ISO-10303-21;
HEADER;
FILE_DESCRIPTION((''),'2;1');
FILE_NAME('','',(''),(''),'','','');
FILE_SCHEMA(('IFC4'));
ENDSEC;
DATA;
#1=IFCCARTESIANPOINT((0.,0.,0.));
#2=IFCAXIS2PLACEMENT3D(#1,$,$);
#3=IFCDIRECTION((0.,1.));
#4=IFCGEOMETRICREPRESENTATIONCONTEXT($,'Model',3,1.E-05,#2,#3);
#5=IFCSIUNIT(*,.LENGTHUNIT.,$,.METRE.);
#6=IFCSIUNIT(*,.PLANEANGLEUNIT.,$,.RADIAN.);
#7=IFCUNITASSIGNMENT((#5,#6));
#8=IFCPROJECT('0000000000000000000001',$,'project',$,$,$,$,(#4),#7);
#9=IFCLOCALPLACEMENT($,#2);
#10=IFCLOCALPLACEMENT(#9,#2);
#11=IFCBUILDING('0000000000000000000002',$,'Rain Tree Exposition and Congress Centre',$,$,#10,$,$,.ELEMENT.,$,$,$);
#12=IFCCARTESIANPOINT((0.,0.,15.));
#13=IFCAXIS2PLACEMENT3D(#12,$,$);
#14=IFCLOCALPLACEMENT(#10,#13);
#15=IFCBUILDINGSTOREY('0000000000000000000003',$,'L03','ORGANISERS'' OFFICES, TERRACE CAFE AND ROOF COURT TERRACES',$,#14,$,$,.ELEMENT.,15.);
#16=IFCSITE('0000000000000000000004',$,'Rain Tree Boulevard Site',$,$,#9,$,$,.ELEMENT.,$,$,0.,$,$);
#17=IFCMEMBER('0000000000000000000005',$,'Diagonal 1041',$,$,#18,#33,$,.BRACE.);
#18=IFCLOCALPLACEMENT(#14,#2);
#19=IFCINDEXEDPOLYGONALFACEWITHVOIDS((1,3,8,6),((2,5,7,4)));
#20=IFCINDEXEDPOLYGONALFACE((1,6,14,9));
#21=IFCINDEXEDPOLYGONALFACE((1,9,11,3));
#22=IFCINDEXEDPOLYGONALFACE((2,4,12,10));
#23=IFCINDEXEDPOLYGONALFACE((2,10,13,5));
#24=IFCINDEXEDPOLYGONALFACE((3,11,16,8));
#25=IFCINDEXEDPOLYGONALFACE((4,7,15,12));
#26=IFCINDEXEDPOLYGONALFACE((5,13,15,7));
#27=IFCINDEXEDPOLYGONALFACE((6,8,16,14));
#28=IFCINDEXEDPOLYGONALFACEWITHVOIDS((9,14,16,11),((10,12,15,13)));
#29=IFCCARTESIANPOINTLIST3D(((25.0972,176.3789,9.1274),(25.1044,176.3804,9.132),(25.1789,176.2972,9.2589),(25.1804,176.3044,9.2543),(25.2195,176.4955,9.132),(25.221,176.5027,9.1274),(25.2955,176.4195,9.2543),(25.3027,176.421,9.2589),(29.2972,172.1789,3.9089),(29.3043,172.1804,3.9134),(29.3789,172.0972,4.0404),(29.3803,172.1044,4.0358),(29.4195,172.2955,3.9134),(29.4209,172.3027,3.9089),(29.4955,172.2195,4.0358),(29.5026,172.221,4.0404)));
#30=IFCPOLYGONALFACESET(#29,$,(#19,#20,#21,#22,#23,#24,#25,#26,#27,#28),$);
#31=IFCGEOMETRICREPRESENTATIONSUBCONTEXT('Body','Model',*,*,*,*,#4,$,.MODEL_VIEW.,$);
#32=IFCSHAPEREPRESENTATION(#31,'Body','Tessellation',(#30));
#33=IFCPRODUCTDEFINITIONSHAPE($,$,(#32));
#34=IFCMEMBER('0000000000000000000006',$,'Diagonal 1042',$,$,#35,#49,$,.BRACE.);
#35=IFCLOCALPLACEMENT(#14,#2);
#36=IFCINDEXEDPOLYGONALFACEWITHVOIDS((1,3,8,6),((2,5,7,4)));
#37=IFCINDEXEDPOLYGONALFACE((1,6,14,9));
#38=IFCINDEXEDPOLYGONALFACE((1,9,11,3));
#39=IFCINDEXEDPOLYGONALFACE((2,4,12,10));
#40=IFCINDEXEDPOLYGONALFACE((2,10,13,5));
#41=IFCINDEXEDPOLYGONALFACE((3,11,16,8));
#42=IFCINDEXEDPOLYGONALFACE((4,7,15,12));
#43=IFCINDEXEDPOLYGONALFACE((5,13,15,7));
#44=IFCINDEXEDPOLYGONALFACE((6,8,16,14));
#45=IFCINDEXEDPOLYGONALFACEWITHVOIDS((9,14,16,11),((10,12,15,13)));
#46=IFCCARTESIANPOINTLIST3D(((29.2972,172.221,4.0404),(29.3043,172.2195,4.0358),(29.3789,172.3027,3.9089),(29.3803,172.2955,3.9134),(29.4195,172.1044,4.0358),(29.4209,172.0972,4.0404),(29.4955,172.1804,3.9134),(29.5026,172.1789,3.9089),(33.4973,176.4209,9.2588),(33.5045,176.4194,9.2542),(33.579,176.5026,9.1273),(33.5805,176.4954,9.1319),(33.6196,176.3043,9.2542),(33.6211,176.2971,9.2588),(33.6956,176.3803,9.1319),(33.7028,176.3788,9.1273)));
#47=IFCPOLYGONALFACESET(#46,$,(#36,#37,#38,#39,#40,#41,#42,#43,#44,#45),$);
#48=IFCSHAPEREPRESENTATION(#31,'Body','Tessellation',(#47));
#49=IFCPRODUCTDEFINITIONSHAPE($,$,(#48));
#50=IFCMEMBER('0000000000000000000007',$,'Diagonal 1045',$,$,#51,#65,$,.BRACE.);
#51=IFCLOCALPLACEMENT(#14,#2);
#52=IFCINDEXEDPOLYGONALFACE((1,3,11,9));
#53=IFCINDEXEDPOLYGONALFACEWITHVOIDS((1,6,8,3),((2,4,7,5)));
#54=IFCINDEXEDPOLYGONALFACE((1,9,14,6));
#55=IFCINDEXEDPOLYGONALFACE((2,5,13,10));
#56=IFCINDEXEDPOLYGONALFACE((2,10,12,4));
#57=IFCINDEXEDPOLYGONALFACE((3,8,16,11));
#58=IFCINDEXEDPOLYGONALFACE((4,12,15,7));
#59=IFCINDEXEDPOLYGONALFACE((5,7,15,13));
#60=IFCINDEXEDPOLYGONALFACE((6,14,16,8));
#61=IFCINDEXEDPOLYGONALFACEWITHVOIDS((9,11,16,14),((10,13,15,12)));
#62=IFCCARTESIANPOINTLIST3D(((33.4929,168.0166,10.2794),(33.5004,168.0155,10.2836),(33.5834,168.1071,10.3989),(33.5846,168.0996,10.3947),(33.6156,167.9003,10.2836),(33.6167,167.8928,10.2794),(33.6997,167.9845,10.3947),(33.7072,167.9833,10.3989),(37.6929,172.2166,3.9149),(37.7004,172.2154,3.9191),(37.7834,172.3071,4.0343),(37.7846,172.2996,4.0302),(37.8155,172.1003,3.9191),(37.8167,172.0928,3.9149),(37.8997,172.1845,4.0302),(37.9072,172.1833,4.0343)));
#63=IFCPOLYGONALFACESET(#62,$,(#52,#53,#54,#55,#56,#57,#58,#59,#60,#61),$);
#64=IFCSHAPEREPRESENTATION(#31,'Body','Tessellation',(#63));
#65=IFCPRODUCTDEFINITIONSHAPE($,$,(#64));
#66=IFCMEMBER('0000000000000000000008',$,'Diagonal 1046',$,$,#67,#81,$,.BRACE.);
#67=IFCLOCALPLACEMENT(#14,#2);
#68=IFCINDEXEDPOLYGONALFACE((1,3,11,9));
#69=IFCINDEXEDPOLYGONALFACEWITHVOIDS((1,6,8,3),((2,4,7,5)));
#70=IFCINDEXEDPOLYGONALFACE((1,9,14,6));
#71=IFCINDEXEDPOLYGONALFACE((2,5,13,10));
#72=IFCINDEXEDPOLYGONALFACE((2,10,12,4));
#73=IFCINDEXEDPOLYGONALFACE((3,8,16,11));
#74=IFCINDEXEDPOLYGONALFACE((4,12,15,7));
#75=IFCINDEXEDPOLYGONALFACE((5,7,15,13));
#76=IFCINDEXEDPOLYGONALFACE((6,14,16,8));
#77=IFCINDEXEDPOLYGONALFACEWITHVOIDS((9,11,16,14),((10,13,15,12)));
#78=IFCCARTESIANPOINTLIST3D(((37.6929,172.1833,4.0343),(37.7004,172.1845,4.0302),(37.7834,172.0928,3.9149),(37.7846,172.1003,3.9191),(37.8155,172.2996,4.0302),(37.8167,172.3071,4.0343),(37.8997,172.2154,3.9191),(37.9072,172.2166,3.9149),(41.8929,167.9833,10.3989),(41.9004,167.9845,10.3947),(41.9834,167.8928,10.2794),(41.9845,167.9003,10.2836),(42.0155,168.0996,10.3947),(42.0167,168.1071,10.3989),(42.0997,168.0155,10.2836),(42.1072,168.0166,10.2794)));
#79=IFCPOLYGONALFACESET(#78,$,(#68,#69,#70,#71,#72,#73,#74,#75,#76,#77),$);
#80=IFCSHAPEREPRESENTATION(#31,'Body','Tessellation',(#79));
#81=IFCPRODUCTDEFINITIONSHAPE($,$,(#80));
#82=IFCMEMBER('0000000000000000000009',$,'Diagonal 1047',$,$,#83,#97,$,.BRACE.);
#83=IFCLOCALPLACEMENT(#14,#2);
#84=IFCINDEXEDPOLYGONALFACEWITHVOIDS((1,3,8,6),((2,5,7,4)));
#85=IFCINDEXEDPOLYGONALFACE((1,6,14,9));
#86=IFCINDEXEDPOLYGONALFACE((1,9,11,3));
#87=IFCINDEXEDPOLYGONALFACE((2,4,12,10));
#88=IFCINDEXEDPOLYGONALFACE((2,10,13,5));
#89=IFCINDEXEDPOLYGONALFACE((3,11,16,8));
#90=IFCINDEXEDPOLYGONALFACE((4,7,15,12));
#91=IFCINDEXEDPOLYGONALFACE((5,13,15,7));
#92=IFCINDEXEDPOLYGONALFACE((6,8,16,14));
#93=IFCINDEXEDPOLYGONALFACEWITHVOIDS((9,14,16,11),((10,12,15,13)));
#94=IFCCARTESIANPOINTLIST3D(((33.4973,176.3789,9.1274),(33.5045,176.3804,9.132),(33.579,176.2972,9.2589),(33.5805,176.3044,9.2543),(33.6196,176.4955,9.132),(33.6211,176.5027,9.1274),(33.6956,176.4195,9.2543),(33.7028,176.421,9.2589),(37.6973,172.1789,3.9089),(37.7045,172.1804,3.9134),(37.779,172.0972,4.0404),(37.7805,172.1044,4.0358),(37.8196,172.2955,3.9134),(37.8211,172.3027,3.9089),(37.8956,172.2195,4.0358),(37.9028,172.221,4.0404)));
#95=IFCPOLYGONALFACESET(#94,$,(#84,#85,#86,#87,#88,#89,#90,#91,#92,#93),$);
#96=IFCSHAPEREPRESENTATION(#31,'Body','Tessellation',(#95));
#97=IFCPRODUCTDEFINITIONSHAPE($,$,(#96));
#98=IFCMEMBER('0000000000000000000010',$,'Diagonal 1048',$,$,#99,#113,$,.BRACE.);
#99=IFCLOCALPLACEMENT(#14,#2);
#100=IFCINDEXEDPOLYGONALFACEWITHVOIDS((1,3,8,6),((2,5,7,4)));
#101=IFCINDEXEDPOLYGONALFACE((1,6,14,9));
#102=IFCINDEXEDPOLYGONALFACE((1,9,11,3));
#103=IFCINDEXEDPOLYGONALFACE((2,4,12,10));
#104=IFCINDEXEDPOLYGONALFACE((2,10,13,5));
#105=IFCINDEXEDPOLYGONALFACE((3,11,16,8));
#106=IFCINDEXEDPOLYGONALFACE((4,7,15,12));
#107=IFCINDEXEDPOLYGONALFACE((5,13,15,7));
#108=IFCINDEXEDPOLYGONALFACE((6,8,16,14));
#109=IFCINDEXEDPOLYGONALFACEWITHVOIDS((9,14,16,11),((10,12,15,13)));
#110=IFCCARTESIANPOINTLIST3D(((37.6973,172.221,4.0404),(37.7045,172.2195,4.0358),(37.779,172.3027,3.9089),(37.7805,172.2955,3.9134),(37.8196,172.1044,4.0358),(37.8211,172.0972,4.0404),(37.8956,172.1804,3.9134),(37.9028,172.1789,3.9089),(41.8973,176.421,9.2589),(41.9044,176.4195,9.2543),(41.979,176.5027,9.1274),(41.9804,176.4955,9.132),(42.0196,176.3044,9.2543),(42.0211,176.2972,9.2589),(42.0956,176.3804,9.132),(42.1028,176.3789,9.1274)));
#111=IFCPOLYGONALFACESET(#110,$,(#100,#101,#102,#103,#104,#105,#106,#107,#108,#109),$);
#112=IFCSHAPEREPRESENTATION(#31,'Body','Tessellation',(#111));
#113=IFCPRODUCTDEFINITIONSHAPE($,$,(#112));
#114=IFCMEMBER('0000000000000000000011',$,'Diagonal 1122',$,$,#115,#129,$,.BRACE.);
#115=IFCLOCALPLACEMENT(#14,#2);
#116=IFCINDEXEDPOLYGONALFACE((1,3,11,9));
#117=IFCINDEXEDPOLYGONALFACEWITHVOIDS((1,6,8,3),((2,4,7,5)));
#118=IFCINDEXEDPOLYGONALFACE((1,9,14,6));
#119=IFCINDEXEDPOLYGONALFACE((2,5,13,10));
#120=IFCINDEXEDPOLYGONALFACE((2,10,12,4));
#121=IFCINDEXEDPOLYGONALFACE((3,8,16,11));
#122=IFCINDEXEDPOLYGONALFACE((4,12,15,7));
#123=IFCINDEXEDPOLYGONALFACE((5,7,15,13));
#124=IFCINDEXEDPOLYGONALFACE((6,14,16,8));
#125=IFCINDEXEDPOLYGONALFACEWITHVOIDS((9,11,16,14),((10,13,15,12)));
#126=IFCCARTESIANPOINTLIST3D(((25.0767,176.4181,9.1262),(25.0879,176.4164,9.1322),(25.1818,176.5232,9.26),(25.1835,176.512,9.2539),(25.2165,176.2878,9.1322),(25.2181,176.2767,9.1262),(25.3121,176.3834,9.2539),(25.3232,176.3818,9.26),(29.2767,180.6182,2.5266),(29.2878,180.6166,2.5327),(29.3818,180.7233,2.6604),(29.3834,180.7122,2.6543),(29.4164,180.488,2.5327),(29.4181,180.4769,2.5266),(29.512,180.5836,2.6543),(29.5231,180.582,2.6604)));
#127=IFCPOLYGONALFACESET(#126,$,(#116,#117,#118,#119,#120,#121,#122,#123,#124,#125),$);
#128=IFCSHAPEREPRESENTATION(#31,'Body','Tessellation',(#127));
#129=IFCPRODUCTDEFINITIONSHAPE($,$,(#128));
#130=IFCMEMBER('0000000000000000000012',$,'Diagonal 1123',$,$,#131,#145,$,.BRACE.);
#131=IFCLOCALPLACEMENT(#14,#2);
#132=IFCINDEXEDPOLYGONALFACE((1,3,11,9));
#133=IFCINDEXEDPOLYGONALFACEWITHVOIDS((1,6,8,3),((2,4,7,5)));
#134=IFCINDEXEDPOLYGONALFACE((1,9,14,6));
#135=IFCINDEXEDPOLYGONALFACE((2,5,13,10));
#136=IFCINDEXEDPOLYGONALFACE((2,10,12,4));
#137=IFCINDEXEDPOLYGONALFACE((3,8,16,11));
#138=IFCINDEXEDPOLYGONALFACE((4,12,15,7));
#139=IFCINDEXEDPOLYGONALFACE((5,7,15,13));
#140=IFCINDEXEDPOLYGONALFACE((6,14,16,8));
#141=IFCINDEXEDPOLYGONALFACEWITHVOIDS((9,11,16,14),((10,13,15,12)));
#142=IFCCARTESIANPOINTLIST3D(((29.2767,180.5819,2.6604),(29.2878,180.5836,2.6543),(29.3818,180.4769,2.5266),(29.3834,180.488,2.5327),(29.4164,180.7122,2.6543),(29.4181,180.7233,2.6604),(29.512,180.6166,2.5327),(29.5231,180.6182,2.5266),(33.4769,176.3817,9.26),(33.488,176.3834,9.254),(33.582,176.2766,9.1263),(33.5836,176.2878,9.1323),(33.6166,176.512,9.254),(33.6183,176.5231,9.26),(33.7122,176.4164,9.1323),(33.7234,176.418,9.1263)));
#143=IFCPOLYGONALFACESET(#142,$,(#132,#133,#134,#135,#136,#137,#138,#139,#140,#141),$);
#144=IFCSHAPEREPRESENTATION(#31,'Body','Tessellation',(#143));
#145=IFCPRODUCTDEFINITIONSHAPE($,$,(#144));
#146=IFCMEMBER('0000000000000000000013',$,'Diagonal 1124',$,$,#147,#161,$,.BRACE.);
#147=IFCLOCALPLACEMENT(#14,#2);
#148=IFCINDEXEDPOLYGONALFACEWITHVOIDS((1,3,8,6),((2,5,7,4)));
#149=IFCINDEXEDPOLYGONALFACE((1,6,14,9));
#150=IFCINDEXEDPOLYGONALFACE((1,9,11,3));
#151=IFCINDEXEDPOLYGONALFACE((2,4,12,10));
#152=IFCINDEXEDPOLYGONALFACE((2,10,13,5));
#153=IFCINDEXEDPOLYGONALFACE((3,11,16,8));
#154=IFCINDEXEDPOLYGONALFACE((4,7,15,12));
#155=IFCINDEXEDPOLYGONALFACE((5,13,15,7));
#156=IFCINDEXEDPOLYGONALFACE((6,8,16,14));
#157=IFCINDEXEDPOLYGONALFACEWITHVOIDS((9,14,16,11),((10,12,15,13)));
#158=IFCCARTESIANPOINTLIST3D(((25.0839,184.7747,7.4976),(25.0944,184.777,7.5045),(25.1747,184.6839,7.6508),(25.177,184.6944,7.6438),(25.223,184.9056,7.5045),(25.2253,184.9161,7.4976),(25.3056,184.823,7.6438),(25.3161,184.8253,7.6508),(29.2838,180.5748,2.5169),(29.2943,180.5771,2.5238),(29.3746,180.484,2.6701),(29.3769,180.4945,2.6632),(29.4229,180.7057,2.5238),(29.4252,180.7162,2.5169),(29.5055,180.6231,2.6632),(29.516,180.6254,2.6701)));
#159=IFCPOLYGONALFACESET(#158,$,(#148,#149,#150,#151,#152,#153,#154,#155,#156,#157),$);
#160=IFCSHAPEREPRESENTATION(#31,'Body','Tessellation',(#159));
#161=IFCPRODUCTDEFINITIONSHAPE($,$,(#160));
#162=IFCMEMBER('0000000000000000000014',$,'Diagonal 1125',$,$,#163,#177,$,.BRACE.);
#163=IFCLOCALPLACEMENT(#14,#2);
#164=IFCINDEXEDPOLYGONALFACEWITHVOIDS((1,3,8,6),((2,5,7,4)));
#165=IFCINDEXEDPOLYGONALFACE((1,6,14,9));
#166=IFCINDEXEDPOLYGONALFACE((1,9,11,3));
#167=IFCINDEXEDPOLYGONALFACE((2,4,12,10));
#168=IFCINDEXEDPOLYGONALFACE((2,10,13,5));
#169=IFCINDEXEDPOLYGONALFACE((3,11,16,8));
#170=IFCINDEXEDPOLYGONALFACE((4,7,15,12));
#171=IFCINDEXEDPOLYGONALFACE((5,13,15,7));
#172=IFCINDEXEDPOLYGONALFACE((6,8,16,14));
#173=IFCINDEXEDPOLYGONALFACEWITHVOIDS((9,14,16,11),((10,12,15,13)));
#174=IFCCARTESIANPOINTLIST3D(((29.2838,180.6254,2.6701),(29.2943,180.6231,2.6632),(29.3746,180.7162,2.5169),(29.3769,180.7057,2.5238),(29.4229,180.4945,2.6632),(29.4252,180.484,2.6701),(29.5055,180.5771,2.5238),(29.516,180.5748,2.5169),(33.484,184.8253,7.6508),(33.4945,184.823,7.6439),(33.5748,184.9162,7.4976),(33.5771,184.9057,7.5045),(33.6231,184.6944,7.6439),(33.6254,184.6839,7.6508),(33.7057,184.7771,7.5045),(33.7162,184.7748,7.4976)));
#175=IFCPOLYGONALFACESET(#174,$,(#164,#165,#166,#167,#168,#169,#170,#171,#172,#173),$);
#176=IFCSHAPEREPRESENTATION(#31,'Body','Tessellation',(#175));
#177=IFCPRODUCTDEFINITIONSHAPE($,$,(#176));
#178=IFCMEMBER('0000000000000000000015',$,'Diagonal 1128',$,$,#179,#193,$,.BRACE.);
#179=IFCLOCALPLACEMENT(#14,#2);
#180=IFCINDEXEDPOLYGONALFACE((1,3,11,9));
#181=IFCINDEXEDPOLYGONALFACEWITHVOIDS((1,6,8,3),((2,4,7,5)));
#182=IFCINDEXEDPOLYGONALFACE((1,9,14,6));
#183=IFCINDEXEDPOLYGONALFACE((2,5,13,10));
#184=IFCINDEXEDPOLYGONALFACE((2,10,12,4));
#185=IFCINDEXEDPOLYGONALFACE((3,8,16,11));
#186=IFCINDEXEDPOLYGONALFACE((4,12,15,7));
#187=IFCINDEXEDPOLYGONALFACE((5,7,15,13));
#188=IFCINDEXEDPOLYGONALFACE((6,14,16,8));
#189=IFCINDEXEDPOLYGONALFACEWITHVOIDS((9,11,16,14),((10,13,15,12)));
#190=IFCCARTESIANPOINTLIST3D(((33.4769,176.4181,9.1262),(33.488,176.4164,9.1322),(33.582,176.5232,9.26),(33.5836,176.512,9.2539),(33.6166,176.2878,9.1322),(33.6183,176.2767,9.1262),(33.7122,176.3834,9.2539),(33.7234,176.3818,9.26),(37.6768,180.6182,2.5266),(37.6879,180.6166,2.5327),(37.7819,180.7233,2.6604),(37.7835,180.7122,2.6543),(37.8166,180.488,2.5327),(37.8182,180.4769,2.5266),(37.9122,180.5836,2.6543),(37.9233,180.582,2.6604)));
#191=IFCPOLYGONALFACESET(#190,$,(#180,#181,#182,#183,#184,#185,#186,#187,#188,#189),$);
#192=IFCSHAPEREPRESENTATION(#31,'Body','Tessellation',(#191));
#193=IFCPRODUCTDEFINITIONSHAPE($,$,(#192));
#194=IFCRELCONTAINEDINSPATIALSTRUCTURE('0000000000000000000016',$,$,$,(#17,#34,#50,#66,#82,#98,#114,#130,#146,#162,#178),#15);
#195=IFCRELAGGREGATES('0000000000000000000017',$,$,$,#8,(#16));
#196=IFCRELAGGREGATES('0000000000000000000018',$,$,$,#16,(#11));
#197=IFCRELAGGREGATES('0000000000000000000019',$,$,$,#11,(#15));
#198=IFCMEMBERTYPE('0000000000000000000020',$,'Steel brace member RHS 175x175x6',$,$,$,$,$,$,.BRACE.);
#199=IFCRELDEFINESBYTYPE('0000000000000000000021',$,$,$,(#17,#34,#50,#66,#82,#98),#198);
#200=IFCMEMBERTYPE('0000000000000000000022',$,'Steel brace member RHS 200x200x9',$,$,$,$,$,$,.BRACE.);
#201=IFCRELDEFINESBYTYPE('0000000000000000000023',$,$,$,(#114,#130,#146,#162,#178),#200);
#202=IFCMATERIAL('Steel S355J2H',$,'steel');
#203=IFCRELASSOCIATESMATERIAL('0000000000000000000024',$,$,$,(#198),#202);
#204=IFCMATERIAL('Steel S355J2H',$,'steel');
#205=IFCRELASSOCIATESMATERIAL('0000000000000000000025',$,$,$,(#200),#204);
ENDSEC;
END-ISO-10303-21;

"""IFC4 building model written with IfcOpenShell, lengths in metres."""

from ifc_helpers import new_model, si_unit, direction, frame, origin, origin_2d, place, context, subcontext, project, spatial, hollow_rectangle, extrude, material, material_profile, profile_set, type_object, element, save


model = new_model("IFC4")

# Units and contexts
model_context = context("Model", 3, precision=1e-05, world=origin(), true_north=direction((0.0, 1.0)))
body_context = subcontext(model_context, "Body", "Model", "MODEL_VIEW")
ifc_project = project(units=[si_unit("LENGTHUNIT", "METRE"), si_unit("PLANEANGLEUNIT", "RADIAN")], contexts=[model_context])

# Site, building, storey
site_placement = place(None, origin())
site = spatial("IfcSite", under=ifc_project, at=site_placement, Name="Rain Tree Boulevard Site", CompositionType="ELEMENT", RefElevation=0.0)
building_placement = place(site_placement, origin())
building = spatial("IfcBuilding", under=site, at=building_placement, Name="Rain Tree Exposition and Congress Centre", CompositionType="ELEMENT")
storey_placement = place(building_placement, frame((0.0, 0.0, 15.0)))
storey = spatial("IfcBuildingStorey", under=building, at=storey_placement, Name="L03", Description="ORGANISERS' OFFICES, TERRACE CAFE AND ROOF COURT TERRACES", CompositionType="ELEMENT", Elevation=15.0)

# Members
ifc_material_1 = material(Name="Steel S355J2H", Category="steel")
ifc_material_profile_1 = material_profile(ifc_material_1, hollow_rectangle(XDim=0.175, YDim=0.175, WallThickness=0.0061, at=origin_2d()), Name="RHS 175x175x6")
ifc_profile_set_1 = profile_set([ifc_material_profile_1], Name="Steel S355J2H")
member_type_1 = type_object("IfcMemberType", Name="Steel brace member RHS 175x175x6", PredefinedType="BRACE", material=ifc_profile_set_1)
for number, where, z_axis, x_axis, name in (
    (1, (29.3999, 172.2, 3.9746), (-0.531206, 0.531206, 0.660031), (-0.707107, -0.707107, 0.0), "Diagonal 1041"),
    (2, (29.3999, 172.2, 3.9746), (0.531228, 0.531197, 0.66002), (-0.707086, 0.707127, 0.0), "Diagonal 1042"),
):
    element("IfcMember", number, at=place(storey_placement, frame(where, z_axis=z_axis, x_axis=x_axis)), inside=storey, type_object=member_type_1, Name=name, PredefinedType="BRACE", context=body_context, shape_type="SweptSolid", body=[
        extrude(hollow_rectangle(XDim=0.175, YDim=0.175, WallThickness=0.0061, at=origin_2d()), origin(), (0.0, 0.0, 1.0), 7.9065),
    ])
for number, where, z_axis, x_axis, name in (
    (3, (37.8, 172.2, 3.9746), (-0.482447, -0.482447, 0.731088), (0.707107, -0.707107, 0.0), "Diagonal 1045"),
    (4, (37.8, 172.2, 3.9746), (0.482447, -0.482447, 0.731088), (0.707107, 0.707107, 0.0), "Diagonal 1046"),
):
    element("IfcMember", number, at=place(storey_placement, frame(where, z_axis=z_axis, x_axis=x_axis)), inside=storey, type_object=member_type_1, Name=name, PredefinedType="BRACE", context=body_context, shape_type="SweptSolid", body=[
        extrude(hollow_rectangle(XDim=0.175, YDim=0.175, WallThickness=0.0061, at=origin_2d()), origin(), (0.0, 0.0, 1.0), 8.7056),
    ])
for number, where, z_axis, x_axis, name in (
    (5, (37.8, 172.2, 3.9746), (-0.531206, 0.531206, 0.660031), (-0.707107, -0.707107, 0.0), "Diagonal 1047"),
    (6, (37.8, 172.2, 3.9746), (0.531206, 0.531206, 0.660031), (-0.707107, 0.707107, 0.0), "Diagonal 1048"),
):
    element("IfcMember", number, at=place(storey_placement, frame(where, z_axis=z_axis, x_axis=x_axis)), inside=storey, type_object=member_type_1, Name=name, PredefinedType="BRACE", context=body_context, shape_type="SweptSolid", body=[
        extrude(hollow_rectangle(XDim=0.175, YDim=0.175, WallThickness=0.0061, at=origin_2d()), origin(), (0.0, 0.0, 1.0), 7.9065),
    ])
ifc_material_2 = material(Name="Steel S355J2H", Category="steel")
ifc_material_profile_2 = material_profile(ifc_material_2, hollow_rectangle(XDim=0.2, YDim=0.2, WallThickness=0.009, at=origin_2d()), Name="RHS 200x200x9")
ifc_profile_set_2 = profile_set([ifc_material_profile_2], Name="Steel S355J2H")
member_type_2 = type_object("IfcMemberType", Name="Steel brace member RHS 200x200x9", PredefinedType="BRACE", material=ifc_profile_set_2)
member_1_placement = place(storey_placement, frame((29.3999, 180.6001, 2.5935), z_axis=(-0.473022, -0.47305, 0.743286), x_axis=(0.707127, -0.707086, 0.0)))
element("IfcMember", 7, at=member_1_placement, inside=storey, type_object=member_type_2, Name="Diagonal 1122", PredefinedType="BRACE", context=body_context, shape_type="SweptSolid", body=[
    extrude(hollow_rectangle(XDim=0.2, YDim=0.2, WallThickness=0.009, at=origin_2d()), origin(), (0.0, 0.0, 1.0), 8.8789),
])
member_2_placement = place(storey_placement, frame((29.3999, 180.6001, 2.5935), z_axis=(0.473044, -0.473044, 0.743276), x_axis=(0.707107, 0.707107, 0.0)))
element("IfcMember", 8, at=member_2_placement, inside=storey, type_object=member_type_2, Name="Diagonal 1123", PredefinedType="BRACE", context=body_context, shape_type="SweptSolid", body=[
    extrude(hollow_rectangle(XDim=0.2, YDim=0.2, WallThickness=0.009, at=origin_2d()), origin(), (0.0, 0.0, 1.0), 8.8792),
])
member_3_placement = place(storey_placement, frame((29.3999, 180.6001, 2.5935), z_axis=(-0.54182, 0.54182, 0.642543), x_axis=(-0.707107, -0.707107, 0.0)))
element("IfcMember", 9, at=member_3_placement, inside=storey, type_object=member_type_2, Name="Diagonal 1124", PredefinedType="BRACE", context=body_context, shape_type="SweptSolid", body=[
    extrude(hollow_rectangle(XDim=0.2, YDim=0.2, WallThickness=0.009, at=origin_2d()), origin(), (0.0, 0.0, 1.0), 7.7515),
])
member_4_placement = place(storey_placement, frame((29.3999, 180.6001, 2.5935), z_axis=(0.541842, 0.541811, 0.642532), x_axis=(-0.707086, 0.707127, 0.0)))
element("IfcMember", 10, at=member_4_placement, inside=storey, type_object=member_type_2, Name="Diagonal 1125", PredefinedType="BRACE", context=body_context, shape_type="SweptSolid", body=[
    extrude(hollow_rectangle(XDim=0.2, YDim=0.2, WallThickness=0.009, at=origin_2d()), origin(), (0.0, 0.0, 1.0), 7.7517),
])
for number, where, z_axis, x_axis, name in (
    (11, (37.8, 180.6001, 2.5935), (-0.473022, -0.47305, 0.743286), (0.707127, -0.707086, 0.0), "Diagonal 1128"),
):
    element("IfcMember", number, at=place(storey_placement, frame(where, z_axis=z_axis, x_axis=x_axis)), inside=storey, type_object=member_type_2, Name=name, PredefinedType="BRACE", context=body_context, shape_type="SweptSolid", body=[
        extrude(hollow_rectangle(XDim=0.2, YDim=0.2, WallThickness=0.009, at=origin_2d()), origin(), (0.0, 0.0, 1.0), 8.8789),
    ])

save(model, "model.ifc")
